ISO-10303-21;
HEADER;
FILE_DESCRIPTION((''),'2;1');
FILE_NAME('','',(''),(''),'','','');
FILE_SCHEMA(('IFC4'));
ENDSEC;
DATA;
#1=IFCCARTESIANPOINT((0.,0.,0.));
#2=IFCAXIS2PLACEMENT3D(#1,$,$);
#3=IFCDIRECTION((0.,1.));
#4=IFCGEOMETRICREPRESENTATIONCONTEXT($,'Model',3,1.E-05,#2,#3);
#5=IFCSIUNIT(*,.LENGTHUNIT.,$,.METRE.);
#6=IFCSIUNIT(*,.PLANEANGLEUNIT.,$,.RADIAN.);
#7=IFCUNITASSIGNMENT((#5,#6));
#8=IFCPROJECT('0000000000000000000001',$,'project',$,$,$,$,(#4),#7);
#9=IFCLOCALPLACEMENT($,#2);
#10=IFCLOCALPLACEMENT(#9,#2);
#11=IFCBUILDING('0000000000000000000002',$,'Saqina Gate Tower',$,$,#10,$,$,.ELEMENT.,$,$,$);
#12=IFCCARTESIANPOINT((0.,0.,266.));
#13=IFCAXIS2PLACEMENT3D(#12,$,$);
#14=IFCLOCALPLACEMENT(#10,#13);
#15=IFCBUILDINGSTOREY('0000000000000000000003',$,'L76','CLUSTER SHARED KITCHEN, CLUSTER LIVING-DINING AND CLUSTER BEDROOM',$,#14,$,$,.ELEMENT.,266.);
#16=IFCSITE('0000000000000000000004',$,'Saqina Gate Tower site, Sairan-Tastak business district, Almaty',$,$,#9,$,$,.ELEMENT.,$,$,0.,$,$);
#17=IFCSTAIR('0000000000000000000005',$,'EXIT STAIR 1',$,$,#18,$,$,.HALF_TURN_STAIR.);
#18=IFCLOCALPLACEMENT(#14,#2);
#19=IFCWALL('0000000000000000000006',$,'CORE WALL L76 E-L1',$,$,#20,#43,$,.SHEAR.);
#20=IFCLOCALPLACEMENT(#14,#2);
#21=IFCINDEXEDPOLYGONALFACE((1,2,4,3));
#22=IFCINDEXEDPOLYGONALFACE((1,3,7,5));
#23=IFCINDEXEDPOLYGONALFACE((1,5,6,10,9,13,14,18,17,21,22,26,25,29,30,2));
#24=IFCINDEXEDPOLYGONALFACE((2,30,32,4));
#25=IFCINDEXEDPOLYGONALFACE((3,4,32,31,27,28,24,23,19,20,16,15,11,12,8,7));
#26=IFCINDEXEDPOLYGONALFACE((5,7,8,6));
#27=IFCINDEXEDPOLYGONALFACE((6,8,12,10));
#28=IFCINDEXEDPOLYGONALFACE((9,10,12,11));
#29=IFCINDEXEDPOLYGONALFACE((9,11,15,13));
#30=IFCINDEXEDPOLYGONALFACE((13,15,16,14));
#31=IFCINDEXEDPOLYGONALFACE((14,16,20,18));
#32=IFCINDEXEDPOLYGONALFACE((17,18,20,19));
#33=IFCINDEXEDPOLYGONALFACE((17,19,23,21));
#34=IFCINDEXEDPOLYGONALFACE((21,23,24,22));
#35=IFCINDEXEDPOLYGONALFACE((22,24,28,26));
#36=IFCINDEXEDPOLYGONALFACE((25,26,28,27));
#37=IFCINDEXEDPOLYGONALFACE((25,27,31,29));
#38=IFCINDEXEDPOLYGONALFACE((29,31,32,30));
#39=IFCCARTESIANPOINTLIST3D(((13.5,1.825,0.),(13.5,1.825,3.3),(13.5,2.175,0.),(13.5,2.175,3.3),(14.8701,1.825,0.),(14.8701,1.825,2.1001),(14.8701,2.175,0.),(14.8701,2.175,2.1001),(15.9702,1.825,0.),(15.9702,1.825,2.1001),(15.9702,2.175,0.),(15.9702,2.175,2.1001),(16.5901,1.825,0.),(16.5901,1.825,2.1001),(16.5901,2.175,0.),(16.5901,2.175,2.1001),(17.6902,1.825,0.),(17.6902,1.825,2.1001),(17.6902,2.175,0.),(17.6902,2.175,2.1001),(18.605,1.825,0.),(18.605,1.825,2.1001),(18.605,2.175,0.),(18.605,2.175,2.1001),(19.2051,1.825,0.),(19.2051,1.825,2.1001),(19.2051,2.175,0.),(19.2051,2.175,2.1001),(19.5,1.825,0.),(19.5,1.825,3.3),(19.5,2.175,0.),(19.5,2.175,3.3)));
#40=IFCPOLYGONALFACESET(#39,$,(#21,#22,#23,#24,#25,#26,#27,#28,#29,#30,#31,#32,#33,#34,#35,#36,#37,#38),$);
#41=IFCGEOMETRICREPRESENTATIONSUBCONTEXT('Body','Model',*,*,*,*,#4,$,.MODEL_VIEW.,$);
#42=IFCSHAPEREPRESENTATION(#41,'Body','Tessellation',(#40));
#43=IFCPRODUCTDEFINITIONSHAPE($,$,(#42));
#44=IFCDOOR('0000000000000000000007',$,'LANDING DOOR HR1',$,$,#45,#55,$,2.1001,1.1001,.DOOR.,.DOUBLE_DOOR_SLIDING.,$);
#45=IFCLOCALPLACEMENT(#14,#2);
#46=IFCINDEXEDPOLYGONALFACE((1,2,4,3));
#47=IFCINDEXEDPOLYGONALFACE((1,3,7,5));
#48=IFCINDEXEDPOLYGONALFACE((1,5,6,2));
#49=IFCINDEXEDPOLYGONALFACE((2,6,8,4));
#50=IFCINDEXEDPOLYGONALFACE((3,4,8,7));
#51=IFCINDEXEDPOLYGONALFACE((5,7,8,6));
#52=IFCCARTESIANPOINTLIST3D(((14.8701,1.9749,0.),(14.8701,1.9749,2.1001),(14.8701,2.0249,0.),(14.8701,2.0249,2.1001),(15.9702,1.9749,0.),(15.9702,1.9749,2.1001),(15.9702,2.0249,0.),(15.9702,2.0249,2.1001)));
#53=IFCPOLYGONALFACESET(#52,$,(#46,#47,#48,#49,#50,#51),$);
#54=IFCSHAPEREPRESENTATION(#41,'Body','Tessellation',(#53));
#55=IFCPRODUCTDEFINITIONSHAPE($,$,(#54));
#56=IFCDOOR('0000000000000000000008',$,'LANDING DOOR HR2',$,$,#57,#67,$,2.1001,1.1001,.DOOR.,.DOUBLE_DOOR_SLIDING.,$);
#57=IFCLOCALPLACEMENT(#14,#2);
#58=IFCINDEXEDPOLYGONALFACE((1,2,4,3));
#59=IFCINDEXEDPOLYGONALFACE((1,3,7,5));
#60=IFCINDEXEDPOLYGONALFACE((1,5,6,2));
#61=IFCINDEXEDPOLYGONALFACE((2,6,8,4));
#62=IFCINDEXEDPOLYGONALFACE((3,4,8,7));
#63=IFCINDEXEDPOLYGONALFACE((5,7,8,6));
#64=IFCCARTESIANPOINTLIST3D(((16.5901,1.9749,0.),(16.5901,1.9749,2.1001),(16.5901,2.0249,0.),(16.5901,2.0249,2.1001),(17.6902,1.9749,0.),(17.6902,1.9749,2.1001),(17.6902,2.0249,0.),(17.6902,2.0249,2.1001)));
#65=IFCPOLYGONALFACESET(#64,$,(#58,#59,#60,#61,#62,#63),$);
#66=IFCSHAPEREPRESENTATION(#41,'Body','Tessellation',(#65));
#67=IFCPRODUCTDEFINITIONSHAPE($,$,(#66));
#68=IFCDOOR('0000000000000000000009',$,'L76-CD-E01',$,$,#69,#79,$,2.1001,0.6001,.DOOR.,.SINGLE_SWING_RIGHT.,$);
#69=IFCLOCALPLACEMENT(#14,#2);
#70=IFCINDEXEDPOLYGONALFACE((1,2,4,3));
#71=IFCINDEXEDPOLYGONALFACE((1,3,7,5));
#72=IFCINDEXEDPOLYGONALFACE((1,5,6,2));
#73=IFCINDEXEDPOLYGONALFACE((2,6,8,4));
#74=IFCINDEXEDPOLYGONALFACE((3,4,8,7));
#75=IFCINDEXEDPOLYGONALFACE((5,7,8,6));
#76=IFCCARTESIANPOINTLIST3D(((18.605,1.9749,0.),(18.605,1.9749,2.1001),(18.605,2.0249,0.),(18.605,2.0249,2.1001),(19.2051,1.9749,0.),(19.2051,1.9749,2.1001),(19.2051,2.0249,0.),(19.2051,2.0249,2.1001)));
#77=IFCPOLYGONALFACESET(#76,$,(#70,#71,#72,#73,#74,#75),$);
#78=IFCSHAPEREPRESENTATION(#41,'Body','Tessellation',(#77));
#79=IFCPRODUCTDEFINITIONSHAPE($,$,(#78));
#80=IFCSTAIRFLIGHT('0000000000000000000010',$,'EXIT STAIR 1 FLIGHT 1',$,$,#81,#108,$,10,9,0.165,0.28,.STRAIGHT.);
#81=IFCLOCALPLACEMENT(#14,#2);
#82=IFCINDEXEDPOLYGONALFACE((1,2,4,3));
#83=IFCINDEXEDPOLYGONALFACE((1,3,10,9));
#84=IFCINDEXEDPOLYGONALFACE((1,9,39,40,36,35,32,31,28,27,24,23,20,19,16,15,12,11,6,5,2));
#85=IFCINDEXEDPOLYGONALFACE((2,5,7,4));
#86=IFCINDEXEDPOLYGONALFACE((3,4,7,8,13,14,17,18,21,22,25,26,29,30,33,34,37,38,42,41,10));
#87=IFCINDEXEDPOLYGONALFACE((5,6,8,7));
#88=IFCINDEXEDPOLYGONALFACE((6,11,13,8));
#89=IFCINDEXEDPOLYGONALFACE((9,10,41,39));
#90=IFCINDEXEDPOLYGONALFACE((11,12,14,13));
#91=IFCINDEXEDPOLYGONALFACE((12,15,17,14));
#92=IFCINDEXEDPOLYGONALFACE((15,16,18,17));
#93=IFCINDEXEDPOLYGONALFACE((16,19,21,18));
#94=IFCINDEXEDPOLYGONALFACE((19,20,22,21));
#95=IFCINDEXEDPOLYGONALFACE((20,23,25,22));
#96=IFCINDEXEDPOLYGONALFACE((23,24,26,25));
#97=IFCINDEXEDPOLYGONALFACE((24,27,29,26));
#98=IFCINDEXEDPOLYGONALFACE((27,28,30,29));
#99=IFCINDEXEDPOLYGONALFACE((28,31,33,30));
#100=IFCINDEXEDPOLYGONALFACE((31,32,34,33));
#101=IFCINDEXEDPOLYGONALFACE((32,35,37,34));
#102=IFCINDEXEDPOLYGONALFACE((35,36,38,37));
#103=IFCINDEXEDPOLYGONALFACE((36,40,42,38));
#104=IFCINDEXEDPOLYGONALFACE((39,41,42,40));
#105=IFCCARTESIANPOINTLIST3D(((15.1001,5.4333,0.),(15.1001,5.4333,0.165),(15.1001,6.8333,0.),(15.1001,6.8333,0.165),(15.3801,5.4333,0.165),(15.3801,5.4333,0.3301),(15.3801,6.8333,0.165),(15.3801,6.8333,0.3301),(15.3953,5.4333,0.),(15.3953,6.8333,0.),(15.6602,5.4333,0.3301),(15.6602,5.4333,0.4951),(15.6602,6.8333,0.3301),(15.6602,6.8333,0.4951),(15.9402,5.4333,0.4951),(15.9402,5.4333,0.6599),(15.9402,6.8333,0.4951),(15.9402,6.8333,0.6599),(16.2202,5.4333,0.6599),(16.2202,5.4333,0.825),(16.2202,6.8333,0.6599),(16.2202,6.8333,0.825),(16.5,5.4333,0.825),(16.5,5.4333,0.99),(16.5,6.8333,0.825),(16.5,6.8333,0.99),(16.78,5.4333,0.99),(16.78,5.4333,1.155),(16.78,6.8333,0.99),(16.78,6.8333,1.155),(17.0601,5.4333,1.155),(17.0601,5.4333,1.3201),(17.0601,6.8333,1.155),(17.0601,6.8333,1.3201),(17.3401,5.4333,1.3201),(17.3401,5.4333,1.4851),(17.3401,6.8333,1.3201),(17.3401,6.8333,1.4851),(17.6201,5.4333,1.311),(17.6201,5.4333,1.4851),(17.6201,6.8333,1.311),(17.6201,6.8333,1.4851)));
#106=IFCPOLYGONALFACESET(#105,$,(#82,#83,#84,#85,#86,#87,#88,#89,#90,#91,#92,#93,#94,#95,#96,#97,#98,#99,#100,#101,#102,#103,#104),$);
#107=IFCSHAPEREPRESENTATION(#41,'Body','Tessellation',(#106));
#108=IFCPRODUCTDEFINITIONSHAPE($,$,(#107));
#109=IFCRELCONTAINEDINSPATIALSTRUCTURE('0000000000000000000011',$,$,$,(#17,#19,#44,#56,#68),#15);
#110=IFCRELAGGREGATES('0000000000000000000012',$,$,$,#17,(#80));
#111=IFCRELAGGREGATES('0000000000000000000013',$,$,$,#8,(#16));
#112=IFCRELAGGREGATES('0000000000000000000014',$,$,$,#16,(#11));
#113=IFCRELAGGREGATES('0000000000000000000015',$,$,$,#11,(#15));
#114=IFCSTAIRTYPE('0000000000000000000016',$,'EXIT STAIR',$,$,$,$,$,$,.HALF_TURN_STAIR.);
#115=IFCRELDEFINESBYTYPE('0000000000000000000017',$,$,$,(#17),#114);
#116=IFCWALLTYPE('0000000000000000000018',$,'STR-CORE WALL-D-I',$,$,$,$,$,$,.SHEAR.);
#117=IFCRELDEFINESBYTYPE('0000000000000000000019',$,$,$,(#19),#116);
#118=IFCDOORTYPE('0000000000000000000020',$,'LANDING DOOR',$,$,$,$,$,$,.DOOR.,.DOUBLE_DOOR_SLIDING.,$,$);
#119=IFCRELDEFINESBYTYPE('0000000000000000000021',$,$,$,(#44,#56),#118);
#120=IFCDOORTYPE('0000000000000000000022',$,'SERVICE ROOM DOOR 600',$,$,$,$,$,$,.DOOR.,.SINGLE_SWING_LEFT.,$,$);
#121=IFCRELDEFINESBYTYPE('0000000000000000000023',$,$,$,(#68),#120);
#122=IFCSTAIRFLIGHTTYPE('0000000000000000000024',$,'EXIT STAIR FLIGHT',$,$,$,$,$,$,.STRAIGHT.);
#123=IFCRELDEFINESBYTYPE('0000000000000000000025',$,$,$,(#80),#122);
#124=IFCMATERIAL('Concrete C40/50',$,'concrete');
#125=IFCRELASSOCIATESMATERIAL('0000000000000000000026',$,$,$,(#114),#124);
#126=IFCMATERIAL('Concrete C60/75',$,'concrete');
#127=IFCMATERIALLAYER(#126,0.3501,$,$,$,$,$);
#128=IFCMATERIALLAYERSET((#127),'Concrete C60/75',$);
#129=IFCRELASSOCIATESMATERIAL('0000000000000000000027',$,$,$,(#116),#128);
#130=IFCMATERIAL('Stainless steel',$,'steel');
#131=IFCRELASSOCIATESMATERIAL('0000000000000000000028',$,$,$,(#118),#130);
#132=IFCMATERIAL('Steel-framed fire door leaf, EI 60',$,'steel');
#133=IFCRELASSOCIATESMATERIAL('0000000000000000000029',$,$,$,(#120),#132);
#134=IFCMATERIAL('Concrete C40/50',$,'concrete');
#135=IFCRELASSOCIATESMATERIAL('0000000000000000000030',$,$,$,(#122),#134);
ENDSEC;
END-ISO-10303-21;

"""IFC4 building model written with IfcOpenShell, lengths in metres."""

from ifc_helpers import new_model, si_unit, direction, frame, frame_2d, origin, place, context, subcontext, project, spatial, polyline, rectangle, outline, extrude, material, layer, layer_set, type_object, element, fill, aggregate, save


model = new_model("IFC4")

# Units and contexts
model_context = context("Model", 3, precision=1e-05, world=origin(), true_north=direction((0.0, 1.0)))
body_context = subcontext(model_context, "Body", "Model", "MODEL_VIEW")
ifc_project = project(units=[si_unit("LENGTHUNIT", "METRE"), si_unit("PLANEANGLEUNIT", "RADIAN")], contexts=[model_context])

# Site, building, storey
site_placement = place(None, origin())
site = spatial("IfcSite", under=ifc_project, at=site_placement, Name="Saqina Gate Tower site, Sairan-Tastak business district, Almaty", CompositionType="ELEMENT", RefElevation=0.0)
building_placement = place(site_placement, origin())
building = spatial("IfcBuilding", under=site, at=building_placement, Name="Saqina Gate Tower", CompositionType="ELEMENT")
storey_placement = place(building_placement, frame((0.0, 0.0, 266.0)))
storey = spatial("IfcBuildingStorey", under=building, at=storey_placement, Name="L76", Description="CLUSTER SHARED KITCHEN, CLUSTER LIVING-DINING AND CLUSTER BEDROOM", CompositionType="ELEMENT", Elevation=266.0)

# Stair
ifc_material_1 = material(Name="Concrete C40/50", Category="concrete")
stair_type = type_object("IfcStairType", Name="EXIT STAIR", PredefinedType="HALF_TURN_STAIR", material=ifc_material_1)
stair_1_placement = place(storey_placement, origin())
stair_1 = element("IfcStair", 1, at=stair_1_placement, inside=storey, type_object=stair_type, Name="EXIT STAIR 1", PredefinedType="HALF_TURN_STAIR")

# Shared definitions
ifc_material_2 = material(Name="Concrete C60/75", Category="concrete")
ifc_layer_1 = layer(ifc_material_2, 0.3501)
ifc_layer_set_1 = layer_set([ifc_layer_1], Name="Concrete C60/75")
wall_type_1 = type_object("IfcWallType", Name="STR-CORE WALL-D-I", PredefinedType="SHEAR", material=ifc_layer_set_1)

# Wall, openings, doors
wall_1_placement = place(storey_placement, frame((13.5, 2.0, 0.0), z_axis=(0.0, 0.0, 1.0), x_axis=(1.0, 0.0, 0.0)))
wall_1 = element("IfcWall", 2, at=wall_1_placement, inside=storey, type_object=wall_type_1, Name="CORE WALL L76 E-L1", PredefinedType="SHEAR", context=body_context, shape_type="SweptSolid", body=[
    extrude(rectangle(XDim=6.0, YDim=0.3501, at=frame_2d((3.0, 0.0))), origin(), (0.0, 0.0, 1.0), 3.3),
])
opening_1_placement = place(wall_1_placement, frame((1.3701, 0.0, 0.0)))
opening_1 = element("IfcOpeningElement", 3, at=opening_1_placement, cuts=wall_1, PredefinedType="OPENING", context=body_context, shape_type="SweptSolid", body=[
    extrude(rectangle(XDim=1.1001, YDim=2.1001, at=frame_2d((0.55, 1.05))), frame((0.0, 0.187, 0.0), z_axis=(0.0, -1.0, 0.0), x_axis=(1.0, 0.0, 0.0)), (0.0, 0.0, 1.0), 0.374),
])
opening_2_placement = place(wall_1_placement, frame((3.0901, 0.0, 0.0)))
opening_2 = element("IfcOpeningElement", 4, at=opening_2_placement, cuts=wall_1, PredefinedType="OPENING", context=body_context, shape_type="SweptSolid", body=[
    extrude(rectangle(XDim=1.1001, YDim=2.1001, at=frame_2d((0.55, 1.05))), frame((0.0, 0.187, 0.0), z_axis=(0.0, -1.0, 0.0), x_axis=(1.0, 0.0, 0.0)), (0.0, 0.0, 1.0), 0.374),
])
opening_3_placement = place(wall_1_placement, frame((5.105, 0.0, 0.0)))
opening_3 = element("IfcOpeningElement", 5, at=opening_3_placement, cuts=wall_1, PredefinedType="OPENING", context=body_context, shape_type="SweptSolid", body=[
    extrude(rectangle(XDim=0.6001, YDim=2.1001, at=frame_2d((0.3, 1.05))), frame((0.0, 0.187, 0.0), z_axis=(0.0, -1.0, 0.0), x_axis=(1.0, 0.0, 0.0)), (0.0, 0.0, 1.0), 0.374),
])
ifc_material_3 = material(Name="Stainless steel", Category="steel")
door_type_1 = type_object("IfcDoorType", Name="LANDING DOOR", OperationType="DOUBLE_DOOR_SLIDING", PredefinedType="DOOR", material=ifc_material_3)
door_1_placement = place(opening_1_placement, origin())
door_1 = element("IfcDoor", 6, at=door_1_placement, inside=storey, type_object=door_type_1, Name="LANDING DOOR HR1", OperationType="DOUBLE_DOOR_SLIDING", OverallHeight=2.1001, OverallWidth=1.1001, PredefinedType="DOOR", context=body_context, shape_type="SweptSolid", body=[
    extrude(rectangle(XDim=1.1001, YDim=2.1001, at=frame_2d((0.55, 1.05))), frame((0.0, 0.0249, 0.0), z_axis=(0.0, -1.0, 0.0), x_axis=(1.0, 0.0, 0.0)), (0.0, 0.0, 1.0), 0.05),
])
fill(opening_1, door_1)
door_2_placement = place(opening_2_placement, origin())
door_2 = element("IfcDoor", 7, at=door_2_placement, inside=storey, type_object=door_type_1, Name="LANDING DOOR HR2", OperationType="DOUBLE_DOOR_SLIDING", OverallHeight=2.1001, OverallWidth=1.1001, PredefinedType="DOOR", context=body_context, shape_type="SweptSolid", body=[
    extrude(rectangle(XDim=1.1001, YDim=2.1001, at=frame_2d((0.55, 1.05))), frame((0.0, 0.0249, 0.0), z_axis=(0.0, -1.0, 0.0), x_axis=(1.0, 0.0, 0.0)), (0.0, 0.0, 1.0), 0.05),
])
fill(opening_2, door_2)
ifc_material_4 = material(Name="Steel-framed fire door leaf, EI 60", Category="steel")
door_type_2 = type_object("IfcDoorType", Name="SERVICE ROOM DOOR 600", OperationType="SINGLE_SWING_LEFT", PredefinedType="DOOR", material=ifc_material_4)
door_3_placement = place(opening_3_placement, origin())
door_3 = element("IfcDoor", 8, at=door_3_placement, inside=storey, type_object=door_type_2, Name="L76-CD-E01", OperationType="SINGLE_SWING_RIGHT", OverallHeight=2.1001, OverallWidth=0.6001, PredefinedType="DOOR", context=body_context, shape_type="SweptSolid", body=[
    extrude(rectangle(XDim=0.6001, YDim=2.1001, at=frame_2d((0.3, 1.05))), frame((0.0, 0.0249, 0.0), z_axis=(0.0, -1.0, 0.0), x_axis=(1.0, 0.0, 0.0)), (0.0, 0.0, 1.0), 0.05),
])
fill(opening_3, door_3)

# Stair flight
ifc_material_5 = material(Name="Concrete C40/50", Category="concrete")
stair_flight_type = type_object("IfcStairFlightType", Name="EXIT STAIR FLIGHT", PredefinedType="STRAIGHT", material=ifc_material_5)
stair_flight_placement = place(storey_placement, frame((15.1001, 6.1333, 0.0), z_axis=(0.0, 0.0, 1.0), x_axis=(1.0, 0.0, 0.0)))
stair_flight = element("IfcStairFlight", 9, at=stair_flight_placement, type_object=stair_flight_type, Name="EXIT STAIR 1 FLIGHT 1", NumberOfRisers=10, NumberOfTreads=9, PredefinedType="STRAIGHT", RiserHeight=0.165, TreadLength=0.28, context=body_context, shape_type="SweptSolid", body=[
    extrude(outline(polyline([(0.0, 0.0), (0.0, 0.165), (0.28, 0.165), (0.28, 0.3301), (0.5601, 0.3301), (0.5601, 0.4951), (0.8401, 0.4951), (0.8401, 0.6599), (1.1201, 0.6599), (1.1201, 0.825), (1.3999, 0.825), (1.3999, 0.99), (1.6799, 0.99), (1.6799, 1.155), (1.96, 1.155), (1.96, 1.3201), (2.24, 1.3201), (2.24, 1.4851), (2.52, 1.4851), (2.52, 1.6499), (2.52, 1.311), (0.2952, 0.0), (0.0, 0.0)])), frame((0.0, 0.7, 0.0), z_axis=(0.0, -1.0, 0.0), x_axis=(1.0, 0.0, 0.0)), (0.0, 0.0, 1.0), 1.3999),
])
aggregate(stair_1, [stair_flight])

save(model, "model.ifc")
